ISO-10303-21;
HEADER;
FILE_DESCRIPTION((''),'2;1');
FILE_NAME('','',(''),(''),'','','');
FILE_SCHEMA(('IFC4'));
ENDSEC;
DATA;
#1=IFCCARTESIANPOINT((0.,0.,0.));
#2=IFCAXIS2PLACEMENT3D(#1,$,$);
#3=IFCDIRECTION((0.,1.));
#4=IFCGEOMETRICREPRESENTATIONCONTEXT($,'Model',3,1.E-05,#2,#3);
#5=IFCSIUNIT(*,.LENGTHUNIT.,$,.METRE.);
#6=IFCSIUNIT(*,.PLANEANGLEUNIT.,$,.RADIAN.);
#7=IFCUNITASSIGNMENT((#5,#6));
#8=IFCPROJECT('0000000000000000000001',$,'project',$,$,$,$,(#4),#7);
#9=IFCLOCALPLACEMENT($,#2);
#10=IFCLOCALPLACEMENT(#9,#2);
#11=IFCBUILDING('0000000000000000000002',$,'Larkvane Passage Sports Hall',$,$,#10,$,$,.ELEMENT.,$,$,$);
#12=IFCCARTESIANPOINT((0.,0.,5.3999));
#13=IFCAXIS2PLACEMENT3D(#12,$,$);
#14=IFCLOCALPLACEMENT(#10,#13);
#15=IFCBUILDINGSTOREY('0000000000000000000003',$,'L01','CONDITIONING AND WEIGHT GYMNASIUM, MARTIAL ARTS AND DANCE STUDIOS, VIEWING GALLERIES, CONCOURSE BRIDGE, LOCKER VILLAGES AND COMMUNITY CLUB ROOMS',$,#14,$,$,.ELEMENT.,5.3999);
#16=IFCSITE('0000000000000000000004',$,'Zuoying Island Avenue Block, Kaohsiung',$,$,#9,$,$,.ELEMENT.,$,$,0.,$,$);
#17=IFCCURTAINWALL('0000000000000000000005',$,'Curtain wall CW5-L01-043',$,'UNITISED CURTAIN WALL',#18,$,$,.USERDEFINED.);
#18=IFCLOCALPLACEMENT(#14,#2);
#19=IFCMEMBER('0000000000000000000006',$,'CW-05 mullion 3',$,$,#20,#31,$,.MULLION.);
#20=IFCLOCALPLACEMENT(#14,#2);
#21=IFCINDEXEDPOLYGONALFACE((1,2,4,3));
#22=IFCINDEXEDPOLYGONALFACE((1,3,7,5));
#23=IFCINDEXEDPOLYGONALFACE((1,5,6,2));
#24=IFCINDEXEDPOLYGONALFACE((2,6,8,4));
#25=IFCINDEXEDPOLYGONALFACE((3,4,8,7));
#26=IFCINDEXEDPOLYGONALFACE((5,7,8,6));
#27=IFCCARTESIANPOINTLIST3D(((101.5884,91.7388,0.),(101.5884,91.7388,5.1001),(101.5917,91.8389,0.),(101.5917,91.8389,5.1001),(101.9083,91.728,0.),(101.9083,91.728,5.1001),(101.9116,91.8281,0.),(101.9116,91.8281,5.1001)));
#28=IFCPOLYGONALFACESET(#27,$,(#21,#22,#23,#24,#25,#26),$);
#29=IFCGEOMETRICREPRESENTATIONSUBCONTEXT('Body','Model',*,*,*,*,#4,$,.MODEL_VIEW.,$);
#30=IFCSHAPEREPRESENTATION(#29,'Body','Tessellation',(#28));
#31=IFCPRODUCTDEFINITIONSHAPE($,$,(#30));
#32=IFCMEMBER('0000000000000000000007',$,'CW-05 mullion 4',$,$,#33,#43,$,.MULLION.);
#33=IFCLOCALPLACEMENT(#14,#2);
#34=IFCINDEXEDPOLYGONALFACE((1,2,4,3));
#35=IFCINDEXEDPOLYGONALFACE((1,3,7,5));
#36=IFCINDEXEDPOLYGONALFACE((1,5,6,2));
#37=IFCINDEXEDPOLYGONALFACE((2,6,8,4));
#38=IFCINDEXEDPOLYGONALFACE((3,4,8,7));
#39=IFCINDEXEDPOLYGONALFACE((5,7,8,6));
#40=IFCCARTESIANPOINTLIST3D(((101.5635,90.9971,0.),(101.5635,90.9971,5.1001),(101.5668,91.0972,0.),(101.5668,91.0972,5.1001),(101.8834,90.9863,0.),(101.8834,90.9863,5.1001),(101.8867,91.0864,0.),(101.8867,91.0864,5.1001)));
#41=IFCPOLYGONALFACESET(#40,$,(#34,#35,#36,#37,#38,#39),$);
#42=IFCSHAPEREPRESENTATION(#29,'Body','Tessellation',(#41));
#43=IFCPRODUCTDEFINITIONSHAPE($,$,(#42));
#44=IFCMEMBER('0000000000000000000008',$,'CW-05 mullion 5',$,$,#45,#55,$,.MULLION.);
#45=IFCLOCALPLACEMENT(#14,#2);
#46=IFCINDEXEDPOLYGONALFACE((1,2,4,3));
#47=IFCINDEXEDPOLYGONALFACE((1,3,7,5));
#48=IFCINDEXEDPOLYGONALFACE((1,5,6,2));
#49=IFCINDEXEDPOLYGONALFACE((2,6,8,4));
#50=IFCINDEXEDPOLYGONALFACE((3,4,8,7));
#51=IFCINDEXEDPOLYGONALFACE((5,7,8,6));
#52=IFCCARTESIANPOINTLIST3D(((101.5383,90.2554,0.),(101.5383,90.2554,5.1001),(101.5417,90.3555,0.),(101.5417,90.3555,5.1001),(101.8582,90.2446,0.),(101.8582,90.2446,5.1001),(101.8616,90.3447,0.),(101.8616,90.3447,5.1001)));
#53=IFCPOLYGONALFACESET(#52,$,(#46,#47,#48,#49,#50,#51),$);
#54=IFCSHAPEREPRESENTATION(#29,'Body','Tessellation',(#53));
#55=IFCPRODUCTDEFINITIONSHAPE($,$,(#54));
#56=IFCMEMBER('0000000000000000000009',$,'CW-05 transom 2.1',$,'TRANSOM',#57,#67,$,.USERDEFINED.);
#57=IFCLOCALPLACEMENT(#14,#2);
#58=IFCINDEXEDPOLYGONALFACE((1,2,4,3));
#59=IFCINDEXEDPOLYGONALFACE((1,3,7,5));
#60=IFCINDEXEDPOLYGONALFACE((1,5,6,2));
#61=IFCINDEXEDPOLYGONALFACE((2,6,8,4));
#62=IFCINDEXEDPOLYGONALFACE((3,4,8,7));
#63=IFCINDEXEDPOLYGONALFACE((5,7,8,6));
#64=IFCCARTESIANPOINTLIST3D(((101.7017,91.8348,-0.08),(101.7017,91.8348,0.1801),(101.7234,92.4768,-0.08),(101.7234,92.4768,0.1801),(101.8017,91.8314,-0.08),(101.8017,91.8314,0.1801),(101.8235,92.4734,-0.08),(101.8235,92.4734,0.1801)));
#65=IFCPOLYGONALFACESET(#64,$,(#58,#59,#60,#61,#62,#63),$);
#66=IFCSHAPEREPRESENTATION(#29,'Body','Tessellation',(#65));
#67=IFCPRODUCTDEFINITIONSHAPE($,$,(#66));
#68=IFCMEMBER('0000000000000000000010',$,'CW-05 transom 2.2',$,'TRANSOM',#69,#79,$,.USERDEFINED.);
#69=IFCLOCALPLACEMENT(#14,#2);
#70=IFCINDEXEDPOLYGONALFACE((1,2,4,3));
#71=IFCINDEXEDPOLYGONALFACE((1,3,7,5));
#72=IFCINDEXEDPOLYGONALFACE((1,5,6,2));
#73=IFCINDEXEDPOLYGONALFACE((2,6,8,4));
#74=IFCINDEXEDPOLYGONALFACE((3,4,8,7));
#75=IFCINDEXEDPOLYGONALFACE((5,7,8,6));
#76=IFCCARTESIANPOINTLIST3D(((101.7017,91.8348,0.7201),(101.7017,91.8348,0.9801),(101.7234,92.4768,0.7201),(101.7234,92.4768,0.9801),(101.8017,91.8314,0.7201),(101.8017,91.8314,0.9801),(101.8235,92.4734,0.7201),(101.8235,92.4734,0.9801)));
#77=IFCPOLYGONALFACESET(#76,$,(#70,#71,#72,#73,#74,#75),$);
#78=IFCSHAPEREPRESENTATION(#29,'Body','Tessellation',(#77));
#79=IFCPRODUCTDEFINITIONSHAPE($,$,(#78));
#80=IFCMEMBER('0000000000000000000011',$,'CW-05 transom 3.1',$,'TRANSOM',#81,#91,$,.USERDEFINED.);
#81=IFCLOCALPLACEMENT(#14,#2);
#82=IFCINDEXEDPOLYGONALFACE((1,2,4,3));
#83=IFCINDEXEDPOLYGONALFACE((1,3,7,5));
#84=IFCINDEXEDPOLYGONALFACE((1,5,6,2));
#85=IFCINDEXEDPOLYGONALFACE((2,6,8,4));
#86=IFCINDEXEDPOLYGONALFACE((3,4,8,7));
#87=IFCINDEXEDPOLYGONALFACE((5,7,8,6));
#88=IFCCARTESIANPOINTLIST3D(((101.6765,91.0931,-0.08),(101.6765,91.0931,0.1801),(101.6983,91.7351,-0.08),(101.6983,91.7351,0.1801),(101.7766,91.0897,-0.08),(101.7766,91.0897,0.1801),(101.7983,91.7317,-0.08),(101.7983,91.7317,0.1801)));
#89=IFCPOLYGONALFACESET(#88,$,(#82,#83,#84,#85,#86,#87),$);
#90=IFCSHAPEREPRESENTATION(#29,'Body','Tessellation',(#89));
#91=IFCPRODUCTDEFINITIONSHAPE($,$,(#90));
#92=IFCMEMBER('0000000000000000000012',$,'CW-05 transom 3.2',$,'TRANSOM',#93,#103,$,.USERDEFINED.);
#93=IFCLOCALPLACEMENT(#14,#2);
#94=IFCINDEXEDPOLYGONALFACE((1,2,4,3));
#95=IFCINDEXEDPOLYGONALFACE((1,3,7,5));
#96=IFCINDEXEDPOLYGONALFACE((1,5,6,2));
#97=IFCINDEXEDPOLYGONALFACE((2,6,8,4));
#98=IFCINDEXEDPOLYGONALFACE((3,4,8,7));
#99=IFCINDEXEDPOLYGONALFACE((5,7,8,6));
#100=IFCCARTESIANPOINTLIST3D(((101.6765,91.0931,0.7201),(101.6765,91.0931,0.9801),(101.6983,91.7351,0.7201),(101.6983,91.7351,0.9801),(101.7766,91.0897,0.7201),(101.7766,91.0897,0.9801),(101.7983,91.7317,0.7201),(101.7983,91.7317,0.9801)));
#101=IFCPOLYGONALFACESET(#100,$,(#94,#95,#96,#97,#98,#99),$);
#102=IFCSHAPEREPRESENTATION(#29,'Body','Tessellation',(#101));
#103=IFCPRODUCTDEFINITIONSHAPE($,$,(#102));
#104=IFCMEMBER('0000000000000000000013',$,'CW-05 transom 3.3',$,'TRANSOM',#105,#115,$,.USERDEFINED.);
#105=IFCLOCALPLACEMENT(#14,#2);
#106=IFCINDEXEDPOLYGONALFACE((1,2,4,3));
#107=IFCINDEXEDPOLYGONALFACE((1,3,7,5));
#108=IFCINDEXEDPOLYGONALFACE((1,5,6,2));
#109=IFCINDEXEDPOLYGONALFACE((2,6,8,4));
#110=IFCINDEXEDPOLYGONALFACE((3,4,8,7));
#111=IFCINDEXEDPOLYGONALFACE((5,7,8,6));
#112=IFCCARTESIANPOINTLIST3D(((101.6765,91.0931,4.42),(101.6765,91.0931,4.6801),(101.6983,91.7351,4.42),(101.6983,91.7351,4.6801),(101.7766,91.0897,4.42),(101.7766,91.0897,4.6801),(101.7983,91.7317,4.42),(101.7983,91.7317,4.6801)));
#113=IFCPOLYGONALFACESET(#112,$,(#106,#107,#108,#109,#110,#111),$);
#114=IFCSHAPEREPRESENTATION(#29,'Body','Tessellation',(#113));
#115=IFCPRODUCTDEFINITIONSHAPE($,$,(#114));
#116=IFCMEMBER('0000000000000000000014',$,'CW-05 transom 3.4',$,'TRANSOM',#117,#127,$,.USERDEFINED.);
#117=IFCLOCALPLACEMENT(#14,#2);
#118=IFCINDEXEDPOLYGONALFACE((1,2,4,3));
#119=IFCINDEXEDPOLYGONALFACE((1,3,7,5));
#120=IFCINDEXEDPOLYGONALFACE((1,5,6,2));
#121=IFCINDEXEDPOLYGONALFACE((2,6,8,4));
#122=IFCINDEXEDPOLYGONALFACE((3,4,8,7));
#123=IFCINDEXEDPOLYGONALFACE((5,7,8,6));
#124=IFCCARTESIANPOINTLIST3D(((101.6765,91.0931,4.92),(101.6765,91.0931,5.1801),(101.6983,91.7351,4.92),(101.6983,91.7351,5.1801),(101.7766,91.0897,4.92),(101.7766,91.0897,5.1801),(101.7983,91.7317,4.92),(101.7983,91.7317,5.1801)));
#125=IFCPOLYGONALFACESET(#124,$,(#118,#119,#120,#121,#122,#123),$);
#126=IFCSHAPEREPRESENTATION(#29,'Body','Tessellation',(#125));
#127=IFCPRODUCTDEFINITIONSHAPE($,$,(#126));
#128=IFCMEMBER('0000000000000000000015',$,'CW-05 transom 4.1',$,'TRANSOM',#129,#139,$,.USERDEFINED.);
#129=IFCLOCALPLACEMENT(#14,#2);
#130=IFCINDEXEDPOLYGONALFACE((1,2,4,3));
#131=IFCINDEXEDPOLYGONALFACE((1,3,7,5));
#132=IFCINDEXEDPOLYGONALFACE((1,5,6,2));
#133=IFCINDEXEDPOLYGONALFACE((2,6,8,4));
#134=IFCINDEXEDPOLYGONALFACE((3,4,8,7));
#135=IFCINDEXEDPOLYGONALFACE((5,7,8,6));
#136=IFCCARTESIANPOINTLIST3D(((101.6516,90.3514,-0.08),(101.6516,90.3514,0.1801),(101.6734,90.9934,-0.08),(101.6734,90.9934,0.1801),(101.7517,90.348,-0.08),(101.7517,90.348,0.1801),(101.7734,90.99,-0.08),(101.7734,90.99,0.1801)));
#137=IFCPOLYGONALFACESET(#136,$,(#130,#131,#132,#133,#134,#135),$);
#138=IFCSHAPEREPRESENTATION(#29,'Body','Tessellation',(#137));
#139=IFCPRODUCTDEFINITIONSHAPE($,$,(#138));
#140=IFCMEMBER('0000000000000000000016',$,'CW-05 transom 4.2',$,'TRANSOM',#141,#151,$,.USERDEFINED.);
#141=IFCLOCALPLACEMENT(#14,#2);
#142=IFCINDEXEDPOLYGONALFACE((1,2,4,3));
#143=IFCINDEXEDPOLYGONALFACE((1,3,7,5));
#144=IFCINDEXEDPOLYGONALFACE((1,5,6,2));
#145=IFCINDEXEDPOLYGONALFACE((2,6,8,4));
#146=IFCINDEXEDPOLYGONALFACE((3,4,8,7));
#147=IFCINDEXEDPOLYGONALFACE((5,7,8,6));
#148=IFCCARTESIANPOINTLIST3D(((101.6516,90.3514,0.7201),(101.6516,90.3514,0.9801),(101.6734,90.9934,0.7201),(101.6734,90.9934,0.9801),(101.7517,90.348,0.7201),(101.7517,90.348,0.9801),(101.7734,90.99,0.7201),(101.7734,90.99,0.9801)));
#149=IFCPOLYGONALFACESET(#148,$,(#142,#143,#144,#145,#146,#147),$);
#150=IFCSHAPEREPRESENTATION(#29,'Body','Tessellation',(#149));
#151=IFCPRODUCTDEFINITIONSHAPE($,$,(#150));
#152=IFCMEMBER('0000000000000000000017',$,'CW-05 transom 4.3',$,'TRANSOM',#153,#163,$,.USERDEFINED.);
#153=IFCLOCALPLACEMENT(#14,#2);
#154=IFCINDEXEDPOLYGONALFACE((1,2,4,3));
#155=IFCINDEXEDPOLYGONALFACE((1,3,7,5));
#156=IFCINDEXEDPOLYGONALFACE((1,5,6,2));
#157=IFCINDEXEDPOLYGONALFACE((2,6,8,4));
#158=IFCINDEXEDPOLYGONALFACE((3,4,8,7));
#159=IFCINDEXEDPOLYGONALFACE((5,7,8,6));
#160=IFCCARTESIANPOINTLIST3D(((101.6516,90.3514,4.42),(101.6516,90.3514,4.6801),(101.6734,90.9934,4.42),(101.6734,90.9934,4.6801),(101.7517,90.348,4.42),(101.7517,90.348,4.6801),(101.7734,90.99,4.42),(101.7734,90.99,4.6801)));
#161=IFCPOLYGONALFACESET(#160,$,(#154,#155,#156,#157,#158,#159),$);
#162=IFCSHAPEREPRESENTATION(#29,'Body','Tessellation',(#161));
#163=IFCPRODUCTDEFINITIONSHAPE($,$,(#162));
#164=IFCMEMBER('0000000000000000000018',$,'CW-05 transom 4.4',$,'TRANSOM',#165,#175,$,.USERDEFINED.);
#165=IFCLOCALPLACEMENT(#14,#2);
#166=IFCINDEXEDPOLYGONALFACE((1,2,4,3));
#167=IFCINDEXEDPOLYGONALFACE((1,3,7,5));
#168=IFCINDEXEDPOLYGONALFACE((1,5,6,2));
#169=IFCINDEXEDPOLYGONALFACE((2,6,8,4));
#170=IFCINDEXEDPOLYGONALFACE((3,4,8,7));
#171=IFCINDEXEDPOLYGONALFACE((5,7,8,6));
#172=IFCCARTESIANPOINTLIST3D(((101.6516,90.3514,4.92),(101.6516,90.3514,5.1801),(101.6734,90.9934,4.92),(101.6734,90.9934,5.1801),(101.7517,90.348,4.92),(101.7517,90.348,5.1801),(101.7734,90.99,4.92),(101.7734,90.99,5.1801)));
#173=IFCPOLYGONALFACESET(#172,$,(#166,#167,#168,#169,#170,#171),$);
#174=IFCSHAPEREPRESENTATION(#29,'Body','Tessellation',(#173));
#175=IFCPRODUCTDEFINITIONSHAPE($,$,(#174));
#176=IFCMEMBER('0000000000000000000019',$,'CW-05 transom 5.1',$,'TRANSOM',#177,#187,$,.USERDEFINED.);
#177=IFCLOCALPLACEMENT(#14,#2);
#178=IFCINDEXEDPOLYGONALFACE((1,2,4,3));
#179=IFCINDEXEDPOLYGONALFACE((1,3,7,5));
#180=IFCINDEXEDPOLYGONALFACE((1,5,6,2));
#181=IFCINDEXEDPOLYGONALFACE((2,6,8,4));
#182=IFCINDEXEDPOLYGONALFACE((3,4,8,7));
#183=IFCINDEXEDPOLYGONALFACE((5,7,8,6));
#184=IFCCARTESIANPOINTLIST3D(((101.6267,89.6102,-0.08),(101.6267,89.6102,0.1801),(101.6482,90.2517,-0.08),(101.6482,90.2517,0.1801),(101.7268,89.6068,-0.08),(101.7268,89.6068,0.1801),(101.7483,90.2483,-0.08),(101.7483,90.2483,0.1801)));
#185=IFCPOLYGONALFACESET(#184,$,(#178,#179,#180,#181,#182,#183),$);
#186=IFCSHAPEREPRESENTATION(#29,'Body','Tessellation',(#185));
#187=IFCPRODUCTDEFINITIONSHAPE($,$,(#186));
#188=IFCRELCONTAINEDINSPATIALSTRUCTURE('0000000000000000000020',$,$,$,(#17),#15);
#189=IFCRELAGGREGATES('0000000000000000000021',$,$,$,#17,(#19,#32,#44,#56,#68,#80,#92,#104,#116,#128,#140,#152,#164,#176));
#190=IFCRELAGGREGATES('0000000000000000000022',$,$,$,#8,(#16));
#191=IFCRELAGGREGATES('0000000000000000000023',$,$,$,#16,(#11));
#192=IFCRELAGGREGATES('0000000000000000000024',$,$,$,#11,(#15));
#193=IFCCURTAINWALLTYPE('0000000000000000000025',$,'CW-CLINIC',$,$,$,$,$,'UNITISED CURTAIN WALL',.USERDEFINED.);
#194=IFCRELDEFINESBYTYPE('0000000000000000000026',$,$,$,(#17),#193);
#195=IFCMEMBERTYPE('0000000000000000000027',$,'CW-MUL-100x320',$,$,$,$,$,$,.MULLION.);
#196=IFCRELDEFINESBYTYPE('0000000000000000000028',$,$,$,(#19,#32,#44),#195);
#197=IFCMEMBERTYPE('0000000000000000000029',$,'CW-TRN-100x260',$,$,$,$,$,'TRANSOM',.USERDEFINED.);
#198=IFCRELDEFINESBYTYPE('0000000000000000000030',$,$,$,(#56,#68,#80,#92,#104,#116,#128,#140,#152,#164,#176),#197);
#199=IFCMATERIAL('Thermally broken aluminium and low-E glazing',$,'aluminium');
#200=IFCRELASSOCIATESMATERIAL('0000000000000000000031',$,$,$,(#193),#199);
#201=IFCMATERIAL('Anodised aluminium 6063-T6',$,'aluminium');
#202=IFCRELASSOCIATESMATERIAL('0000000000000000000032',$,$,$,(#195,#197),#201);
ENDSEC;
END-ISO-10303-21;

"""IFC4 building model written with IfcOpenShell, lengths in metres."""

from ifc_helpers import new_model, si_unit, direction, frame, origin, origin_2d, place, context, subcontext, project, spatial, rectangle, extrude, material, material_profile, profile_set, type_object, element, aggregate, save


model = new_model("IFC4")

# Units and contexts
model_context = context("Model", 3, precision=1e-05, world=origin(), true_north=direction((0.0, 1.0)))
body_context = subcontext(model_context, "Body", "Model", "MODEL_VIEW")
ifc_project = project(units=[si_unit("LENGTHUNIT", "METRE"), si_unit("PLANEANGLEUNIT", "RADIAN")], contexts=[model_context])

# Site, building, storey
site_placement = place(None, origin())
site = spatial("IfcSite", under=ifc_project, at=site_placement, Name="Zuoying Island Avenue Block, Kaohsiung", CompositionType="ELEMENT", RefElevation=0.0)
building_placement = place(site_placement, origin())
building = spatial("IfcBuilding", under=site, at=building_placement, Name="Larkvane Passage Sports Hall", CompositionType="ELEMENT")
storey_placement = place(building_placement, frame((0.0, 0.0, 5.3999)))
storey = spatial("IfcBuildingStorey", under=building, at=storey_placement, Name="L01", Description="CONDITIONING AND WEIGHT GYMNASIUM, MARTIAL ARTS AND DANCE STUDIOS, VIEWING GALLERIES, CONCOURSE BRIDGE, LOCKER VILLAGES AND COMMUNITY CLUB ROOMS", CompositionType="ELEMENT", Elevation=5.3999)

# Curtain wall, members
ifc_material_1 = material(Name="Thermally broken aluminium and low-E glazing", Category="aluminium")
curtain_wall_type = type_object("IfcCurtainWallType", Name="CW-CLINIC", ElementType="UNITISED CURTAIN WALL", PredefinedType="USERDEFINED", material=ifc_material_1)
curtain_wall_placement = place(storey_placement, origin())
curtain_wall = element("IfcCurtainWall", 1, at=curtain_wall_placement, inside=storey, type_object=curtain_wall_type, Name="Curtain wall CW5-L01-043", ObjectType="UNITISED CURTAIN WALL", PredefinedType="USERDEFINED")
ifc_material_2 = material(Name="Anodised aluminium 6063-T6", Category="aluminium")
ifc_material_profile_1 = material_profile(ifc_material_2, rectangle(XDim=0.1001, YDim=0.3201, at=origin_2d()), Name="ALU-MUL-100x320")
ifc_profile_set_1 = profile_set([ifc_material_profile_1], Name="Anodised aluminium 6063-T6")
member_type_1 = type_object("IfcMemberType", Name="CW-MUL-100x320", PredefinedType="MULLION", material=ifc_profile_set_1)
member_1_placement = place(storey_placement, frame((101.75, 91.7834, 0.0), z_axis=(0.0, 0.0, 1.0), x_axis=(-0.033688, -0.999432, 0.0)))
member_1 = element("IfcMember", 2, at=member_1_placement, type_object=member_type_1, Name="CW-05 mullion 3", PredefinedType="MULLION", context=body_context, shape_type="SweptSolid", body=[
    extrude(rectangle(XDim=0.1001, YDim=0.3201, at=origin_2d()), origin(), (0.0, 0.0, 1.0), 5.1001),
])
member_2_placement = place(storey_placement, frame((101.7251, 91.0417, 0.0), z_axis=(0.0, 0.0, 1.0), x_axis=(-0.033688, -0.999432, 0.0)))
member_2 = element("IfcMember", 3, at=member_2_placement, type_object=member_type_1, Name="CW-05 mullion 4", PredefinedType="MULLION", context=body_context, shape_type="SweptSolid", body=[
    extrude(rectangle(XDim=0.1001, YDim=0.3201, at=origin_2d()), origin(), (0.0, 0.0, 1.0), 5.1001),
])
member_3_placement = place(storey_placement, frame((101.7, 90.3, 0.0), z_axis=(0.0, 0.0, 1.0), x_axis=(-0.033688, -0.999432, 0.0)))
member_3 = element("IfcMember", 4, at=member_3_placement, type_object=member_type_1, Name="CW-05 mullion 5", PredefinedType="MULLION", context=body_context, shape_type="SweptSolid", body=[
    extrude(rectangle(XDim=0.1001, YDim=0.3201, at=origin_2d()), origin(), (0.0, 0.0, 1.0), 5.1001),
])
ifc_material_profile_2 = material_profile(ifc_material_2, rectangle(XDim=0.1001, YDim=0.26, at=origin_2d()), Name="ALU-TRN-100x260")
ifc_profile_set_2 = profile_set([ifc_material_profile_2], Name="Anodised aluminium 6063-T6")
member_type_2 = type_object("IfcMemberType", Name="CW-TRN-100x260", ElementType="TRANSOM", PredefinedType="USERDEFINED", material=ifc_profile_set_2)
member_4_placement = place(storey_placement, frame((101.7734, 92.4751, 0.05), z_axis=(-0.033834, -0.999427, 0.0), x_axis=(0.999427, -0.033834, 0.0)))
member_4 = element("IfcMember", 5, at=member_4_placement, type_object=member_type_2, Name="CW-05 transom 2.1", ObjectType="TRANSOM", PredefinedType="USERDEFINED", context=body_context, shape_type="SweptSolid", body=[
    extrude(rectangle(XDim=0.1001, YDim=0.26, at=origin_2d()), origin(), (0.0, 0.0, 1.0), 0.6423),
])
member_5_placement = place(storey_placement, frame((101.7734, 92.4751, 0.8501), z_axis=(-0.033834, -0.999427, 0.0), x_axis=(0.999427, -0.033834, 0.0)))
member_5 = element("IfcMember", 6, at=member_5_placement, type_object=member_type_2, Name="CW-05 transom 2.2", ObjectType="TRANSOM", PredefinedType="USERDEFINED", context=body_context, shape_type="SweptSolid", body=[
    extrude(rectangle(XDim=0.1001, YDim=0.26, at=origin_2d()), origin(), (0.0, 0.0, 1.0), 0.6423),
])
member_6_placement = place(storey_placement, frame((101.7483, 91.7334, 0.05), z_axis=(-0.033834, -0.999427, 0.0), x_axis=(0.999427, -0.033834, 0.0)))
member_6 = element("IfcMember", 7, at=member_6_placement, type_object=member_type_2, Name="CW-05 transom 3.1", ObjectType="TRANSOM", PredefinedType="USERDEFINED", context=body_context, shape_type="SweptSolid", body=[
    extrude(rectangle(XDim=0.1001, YDim=0.26, at=origin_2d()), origin(), (0.0, 0.0, 1.0), 0.6423),
])
member_7_placement = place(storey_placement, frame((101.7483, 91.7334, 0.8501), z_axis=(-0.033834, -0.999427, 0.0), x_axis=(0.999427, -0.033834, 0.0)))
member_7 = element("IfcMember", 8, at=member_7_placement, type_object=member_type_2, Name="CW-05 transom 3.2", ObjectType="TRANSOM", PredefinedType="USERDEFINED", context=body_context, shape_type="SweptSolid", body=[
    extrude(rectangle(XDim=0.1001, YDim=0.26, at=origin_2d()), origin(), (0.0, 0.0, 1.0), 0.6423),
])
member_8_placement = place(storey_placement, frame((101.7483, 91.7334, 4.55), z_axis=(-0.033834, -0.999427, 0.0), x_axis=(0.999427, -0.033834, 0.0)))
member_8 = element("IfcMember", 9, at=member_8_placement, type_object=member_type_2, Name="CW-05 transom 3.3", ObjectType="TRANSOM", PredefinedType="USERDEFINED", context=body_context, shape_type="SweptSolid", body=[
    extrude(rectangle(XDim=0.1001, YDim=0.26, at=origin_2d()), origin(), (0.0, 0.0, 1.0), 0.6423),
])
member_9_placement = place(storey_placement, frame((101.7483, 91.7334, 5.05), z_axis=(-0.033834, -0.999427, 0.0), x_axis=(0.999427, -0.033834, 0.0)))
member_9 = element("IfcMember", 10, at=member_9_placement, type_object=member_type_2, Name="CW-05 transom 3.4", ObjectType="TRANSOM", PredefinedType="USERDEFINED", context=body_context, shape_type="SweptSolid", body=[
    extrude(rectangle(XDim=0.1001, YDim=0.26, at=origin_2d()), origin(), (0.0, 0.0, 1.0), 0.6423),
])
member_10_placement = place(storey_placement, frame((101.7234, 90.9917, 0.05), z_axis=(-0.033834, -0.999427, 0.0), x_axis=(0.999427, -0.033834, 0.0)))
member_10 = element("IfcMember", 11, at=member_10_placement, type_object=member_type_2, Name="CW-05 transom 4.1", ObjectType="TRANSOM", PredefinedType="USERDEFINED", context=body_context, shape_type="SweptSolid", body=[
    extrude(rectangle(XDim=0.1001, YDim=0.26, at=origin_2d()), origin(), (0.0, 0.0, 1.0), 0.6423),
])
member_11_placement = place(storey_placement, frame((101.7234, 90.9917, 0.8501), z_axis=(-0.033834, -0.999427, 0.0), x_axis=(0.999427, -0.033834, 0.0)))
member_11 = element("IfcMember", 12, at=member_11_placement, type_object=member_type_2, Name="CW-05 transom 4.2", ObjectType="TRANSOM", PredefinedType="USERDEFINED", context=body_context, shape_type="SweptSolid", body=[
    extrude(rectangle(XDim=0.1001, YDim=0.26, at=origin_2d()), origin(), (0.0, 0.0, 1.0), 0.6423),
])
member_12_placement = place(storey_placement, frame((101.7234, 90.9917, 4.55), z_axis=(-0.033834, -0.999427, 0.0), x_axis=(0.999427, -0.033834, 0.0)))
member_12 = element("IfcMember", 13, at=member_12_placement, type_object=member_type_2, Name="CW-05 transom 4.3", ObjectType="TRANSOM", PredefinedType="USERDEFINED", context=body_context, shape_type="SweptSolid", body=[
    extrude(rectangle(XDim=0.1001, YDim=0.26, at=origin_2d()), origin(), (0.0, 0.0, 1.0), 0.6423),
])
member_13_placement = place(storey_placement, frame((101.7234, 90.9917, 5.05), z_axis=(-0.033834, -0.999427, 0.0), x_axis=(0.999427, -0.033834, 0.0)))
member_13 = element("IfcMember", 14, at=member_13_placement, type_object=member_type_2, Name="CW-05 transom 4.4", ObjectType="TRANSOM", PredefinedType="USERDEFINED", context=body_context, shape_type="SweptSolid", body=[
    extrude(rectangle(XDim=0.1001, YDim=0.26, at=origin_2d()), origin(), (0.0, 0.0, 1.0), 0.6423),
])
member_14_placement = place(storey_placement, frame((101.6982, 90.25, 0.05), z_axis=(-0.033467, -0.99944, 0.0), x_axis=(0.99944, -0.033467, 0.0)))
member_14 = element("IfcMember", 15, at=member_14_placement, type_object=member_type_2, Name="CW-05 transom 5.1", ObjectType="TRANSOM", PredefinedType="USERDEFINED", context=body_context, shape_type="SweptSolid", body=[
    extrude(rectangle(XDim=0.1001, YDim=0.26, at=origin_2d()), origin(), (0.0, 0.0, 1.0), 0.6418),
])
aggregate(curtain_wall, [member_1, member_2, member_3, member_4, member_5, member_6, member_7, member_8, member_9, member_10, member_11, member_12, member_13, member_14])

save(model, "model.ifc")
